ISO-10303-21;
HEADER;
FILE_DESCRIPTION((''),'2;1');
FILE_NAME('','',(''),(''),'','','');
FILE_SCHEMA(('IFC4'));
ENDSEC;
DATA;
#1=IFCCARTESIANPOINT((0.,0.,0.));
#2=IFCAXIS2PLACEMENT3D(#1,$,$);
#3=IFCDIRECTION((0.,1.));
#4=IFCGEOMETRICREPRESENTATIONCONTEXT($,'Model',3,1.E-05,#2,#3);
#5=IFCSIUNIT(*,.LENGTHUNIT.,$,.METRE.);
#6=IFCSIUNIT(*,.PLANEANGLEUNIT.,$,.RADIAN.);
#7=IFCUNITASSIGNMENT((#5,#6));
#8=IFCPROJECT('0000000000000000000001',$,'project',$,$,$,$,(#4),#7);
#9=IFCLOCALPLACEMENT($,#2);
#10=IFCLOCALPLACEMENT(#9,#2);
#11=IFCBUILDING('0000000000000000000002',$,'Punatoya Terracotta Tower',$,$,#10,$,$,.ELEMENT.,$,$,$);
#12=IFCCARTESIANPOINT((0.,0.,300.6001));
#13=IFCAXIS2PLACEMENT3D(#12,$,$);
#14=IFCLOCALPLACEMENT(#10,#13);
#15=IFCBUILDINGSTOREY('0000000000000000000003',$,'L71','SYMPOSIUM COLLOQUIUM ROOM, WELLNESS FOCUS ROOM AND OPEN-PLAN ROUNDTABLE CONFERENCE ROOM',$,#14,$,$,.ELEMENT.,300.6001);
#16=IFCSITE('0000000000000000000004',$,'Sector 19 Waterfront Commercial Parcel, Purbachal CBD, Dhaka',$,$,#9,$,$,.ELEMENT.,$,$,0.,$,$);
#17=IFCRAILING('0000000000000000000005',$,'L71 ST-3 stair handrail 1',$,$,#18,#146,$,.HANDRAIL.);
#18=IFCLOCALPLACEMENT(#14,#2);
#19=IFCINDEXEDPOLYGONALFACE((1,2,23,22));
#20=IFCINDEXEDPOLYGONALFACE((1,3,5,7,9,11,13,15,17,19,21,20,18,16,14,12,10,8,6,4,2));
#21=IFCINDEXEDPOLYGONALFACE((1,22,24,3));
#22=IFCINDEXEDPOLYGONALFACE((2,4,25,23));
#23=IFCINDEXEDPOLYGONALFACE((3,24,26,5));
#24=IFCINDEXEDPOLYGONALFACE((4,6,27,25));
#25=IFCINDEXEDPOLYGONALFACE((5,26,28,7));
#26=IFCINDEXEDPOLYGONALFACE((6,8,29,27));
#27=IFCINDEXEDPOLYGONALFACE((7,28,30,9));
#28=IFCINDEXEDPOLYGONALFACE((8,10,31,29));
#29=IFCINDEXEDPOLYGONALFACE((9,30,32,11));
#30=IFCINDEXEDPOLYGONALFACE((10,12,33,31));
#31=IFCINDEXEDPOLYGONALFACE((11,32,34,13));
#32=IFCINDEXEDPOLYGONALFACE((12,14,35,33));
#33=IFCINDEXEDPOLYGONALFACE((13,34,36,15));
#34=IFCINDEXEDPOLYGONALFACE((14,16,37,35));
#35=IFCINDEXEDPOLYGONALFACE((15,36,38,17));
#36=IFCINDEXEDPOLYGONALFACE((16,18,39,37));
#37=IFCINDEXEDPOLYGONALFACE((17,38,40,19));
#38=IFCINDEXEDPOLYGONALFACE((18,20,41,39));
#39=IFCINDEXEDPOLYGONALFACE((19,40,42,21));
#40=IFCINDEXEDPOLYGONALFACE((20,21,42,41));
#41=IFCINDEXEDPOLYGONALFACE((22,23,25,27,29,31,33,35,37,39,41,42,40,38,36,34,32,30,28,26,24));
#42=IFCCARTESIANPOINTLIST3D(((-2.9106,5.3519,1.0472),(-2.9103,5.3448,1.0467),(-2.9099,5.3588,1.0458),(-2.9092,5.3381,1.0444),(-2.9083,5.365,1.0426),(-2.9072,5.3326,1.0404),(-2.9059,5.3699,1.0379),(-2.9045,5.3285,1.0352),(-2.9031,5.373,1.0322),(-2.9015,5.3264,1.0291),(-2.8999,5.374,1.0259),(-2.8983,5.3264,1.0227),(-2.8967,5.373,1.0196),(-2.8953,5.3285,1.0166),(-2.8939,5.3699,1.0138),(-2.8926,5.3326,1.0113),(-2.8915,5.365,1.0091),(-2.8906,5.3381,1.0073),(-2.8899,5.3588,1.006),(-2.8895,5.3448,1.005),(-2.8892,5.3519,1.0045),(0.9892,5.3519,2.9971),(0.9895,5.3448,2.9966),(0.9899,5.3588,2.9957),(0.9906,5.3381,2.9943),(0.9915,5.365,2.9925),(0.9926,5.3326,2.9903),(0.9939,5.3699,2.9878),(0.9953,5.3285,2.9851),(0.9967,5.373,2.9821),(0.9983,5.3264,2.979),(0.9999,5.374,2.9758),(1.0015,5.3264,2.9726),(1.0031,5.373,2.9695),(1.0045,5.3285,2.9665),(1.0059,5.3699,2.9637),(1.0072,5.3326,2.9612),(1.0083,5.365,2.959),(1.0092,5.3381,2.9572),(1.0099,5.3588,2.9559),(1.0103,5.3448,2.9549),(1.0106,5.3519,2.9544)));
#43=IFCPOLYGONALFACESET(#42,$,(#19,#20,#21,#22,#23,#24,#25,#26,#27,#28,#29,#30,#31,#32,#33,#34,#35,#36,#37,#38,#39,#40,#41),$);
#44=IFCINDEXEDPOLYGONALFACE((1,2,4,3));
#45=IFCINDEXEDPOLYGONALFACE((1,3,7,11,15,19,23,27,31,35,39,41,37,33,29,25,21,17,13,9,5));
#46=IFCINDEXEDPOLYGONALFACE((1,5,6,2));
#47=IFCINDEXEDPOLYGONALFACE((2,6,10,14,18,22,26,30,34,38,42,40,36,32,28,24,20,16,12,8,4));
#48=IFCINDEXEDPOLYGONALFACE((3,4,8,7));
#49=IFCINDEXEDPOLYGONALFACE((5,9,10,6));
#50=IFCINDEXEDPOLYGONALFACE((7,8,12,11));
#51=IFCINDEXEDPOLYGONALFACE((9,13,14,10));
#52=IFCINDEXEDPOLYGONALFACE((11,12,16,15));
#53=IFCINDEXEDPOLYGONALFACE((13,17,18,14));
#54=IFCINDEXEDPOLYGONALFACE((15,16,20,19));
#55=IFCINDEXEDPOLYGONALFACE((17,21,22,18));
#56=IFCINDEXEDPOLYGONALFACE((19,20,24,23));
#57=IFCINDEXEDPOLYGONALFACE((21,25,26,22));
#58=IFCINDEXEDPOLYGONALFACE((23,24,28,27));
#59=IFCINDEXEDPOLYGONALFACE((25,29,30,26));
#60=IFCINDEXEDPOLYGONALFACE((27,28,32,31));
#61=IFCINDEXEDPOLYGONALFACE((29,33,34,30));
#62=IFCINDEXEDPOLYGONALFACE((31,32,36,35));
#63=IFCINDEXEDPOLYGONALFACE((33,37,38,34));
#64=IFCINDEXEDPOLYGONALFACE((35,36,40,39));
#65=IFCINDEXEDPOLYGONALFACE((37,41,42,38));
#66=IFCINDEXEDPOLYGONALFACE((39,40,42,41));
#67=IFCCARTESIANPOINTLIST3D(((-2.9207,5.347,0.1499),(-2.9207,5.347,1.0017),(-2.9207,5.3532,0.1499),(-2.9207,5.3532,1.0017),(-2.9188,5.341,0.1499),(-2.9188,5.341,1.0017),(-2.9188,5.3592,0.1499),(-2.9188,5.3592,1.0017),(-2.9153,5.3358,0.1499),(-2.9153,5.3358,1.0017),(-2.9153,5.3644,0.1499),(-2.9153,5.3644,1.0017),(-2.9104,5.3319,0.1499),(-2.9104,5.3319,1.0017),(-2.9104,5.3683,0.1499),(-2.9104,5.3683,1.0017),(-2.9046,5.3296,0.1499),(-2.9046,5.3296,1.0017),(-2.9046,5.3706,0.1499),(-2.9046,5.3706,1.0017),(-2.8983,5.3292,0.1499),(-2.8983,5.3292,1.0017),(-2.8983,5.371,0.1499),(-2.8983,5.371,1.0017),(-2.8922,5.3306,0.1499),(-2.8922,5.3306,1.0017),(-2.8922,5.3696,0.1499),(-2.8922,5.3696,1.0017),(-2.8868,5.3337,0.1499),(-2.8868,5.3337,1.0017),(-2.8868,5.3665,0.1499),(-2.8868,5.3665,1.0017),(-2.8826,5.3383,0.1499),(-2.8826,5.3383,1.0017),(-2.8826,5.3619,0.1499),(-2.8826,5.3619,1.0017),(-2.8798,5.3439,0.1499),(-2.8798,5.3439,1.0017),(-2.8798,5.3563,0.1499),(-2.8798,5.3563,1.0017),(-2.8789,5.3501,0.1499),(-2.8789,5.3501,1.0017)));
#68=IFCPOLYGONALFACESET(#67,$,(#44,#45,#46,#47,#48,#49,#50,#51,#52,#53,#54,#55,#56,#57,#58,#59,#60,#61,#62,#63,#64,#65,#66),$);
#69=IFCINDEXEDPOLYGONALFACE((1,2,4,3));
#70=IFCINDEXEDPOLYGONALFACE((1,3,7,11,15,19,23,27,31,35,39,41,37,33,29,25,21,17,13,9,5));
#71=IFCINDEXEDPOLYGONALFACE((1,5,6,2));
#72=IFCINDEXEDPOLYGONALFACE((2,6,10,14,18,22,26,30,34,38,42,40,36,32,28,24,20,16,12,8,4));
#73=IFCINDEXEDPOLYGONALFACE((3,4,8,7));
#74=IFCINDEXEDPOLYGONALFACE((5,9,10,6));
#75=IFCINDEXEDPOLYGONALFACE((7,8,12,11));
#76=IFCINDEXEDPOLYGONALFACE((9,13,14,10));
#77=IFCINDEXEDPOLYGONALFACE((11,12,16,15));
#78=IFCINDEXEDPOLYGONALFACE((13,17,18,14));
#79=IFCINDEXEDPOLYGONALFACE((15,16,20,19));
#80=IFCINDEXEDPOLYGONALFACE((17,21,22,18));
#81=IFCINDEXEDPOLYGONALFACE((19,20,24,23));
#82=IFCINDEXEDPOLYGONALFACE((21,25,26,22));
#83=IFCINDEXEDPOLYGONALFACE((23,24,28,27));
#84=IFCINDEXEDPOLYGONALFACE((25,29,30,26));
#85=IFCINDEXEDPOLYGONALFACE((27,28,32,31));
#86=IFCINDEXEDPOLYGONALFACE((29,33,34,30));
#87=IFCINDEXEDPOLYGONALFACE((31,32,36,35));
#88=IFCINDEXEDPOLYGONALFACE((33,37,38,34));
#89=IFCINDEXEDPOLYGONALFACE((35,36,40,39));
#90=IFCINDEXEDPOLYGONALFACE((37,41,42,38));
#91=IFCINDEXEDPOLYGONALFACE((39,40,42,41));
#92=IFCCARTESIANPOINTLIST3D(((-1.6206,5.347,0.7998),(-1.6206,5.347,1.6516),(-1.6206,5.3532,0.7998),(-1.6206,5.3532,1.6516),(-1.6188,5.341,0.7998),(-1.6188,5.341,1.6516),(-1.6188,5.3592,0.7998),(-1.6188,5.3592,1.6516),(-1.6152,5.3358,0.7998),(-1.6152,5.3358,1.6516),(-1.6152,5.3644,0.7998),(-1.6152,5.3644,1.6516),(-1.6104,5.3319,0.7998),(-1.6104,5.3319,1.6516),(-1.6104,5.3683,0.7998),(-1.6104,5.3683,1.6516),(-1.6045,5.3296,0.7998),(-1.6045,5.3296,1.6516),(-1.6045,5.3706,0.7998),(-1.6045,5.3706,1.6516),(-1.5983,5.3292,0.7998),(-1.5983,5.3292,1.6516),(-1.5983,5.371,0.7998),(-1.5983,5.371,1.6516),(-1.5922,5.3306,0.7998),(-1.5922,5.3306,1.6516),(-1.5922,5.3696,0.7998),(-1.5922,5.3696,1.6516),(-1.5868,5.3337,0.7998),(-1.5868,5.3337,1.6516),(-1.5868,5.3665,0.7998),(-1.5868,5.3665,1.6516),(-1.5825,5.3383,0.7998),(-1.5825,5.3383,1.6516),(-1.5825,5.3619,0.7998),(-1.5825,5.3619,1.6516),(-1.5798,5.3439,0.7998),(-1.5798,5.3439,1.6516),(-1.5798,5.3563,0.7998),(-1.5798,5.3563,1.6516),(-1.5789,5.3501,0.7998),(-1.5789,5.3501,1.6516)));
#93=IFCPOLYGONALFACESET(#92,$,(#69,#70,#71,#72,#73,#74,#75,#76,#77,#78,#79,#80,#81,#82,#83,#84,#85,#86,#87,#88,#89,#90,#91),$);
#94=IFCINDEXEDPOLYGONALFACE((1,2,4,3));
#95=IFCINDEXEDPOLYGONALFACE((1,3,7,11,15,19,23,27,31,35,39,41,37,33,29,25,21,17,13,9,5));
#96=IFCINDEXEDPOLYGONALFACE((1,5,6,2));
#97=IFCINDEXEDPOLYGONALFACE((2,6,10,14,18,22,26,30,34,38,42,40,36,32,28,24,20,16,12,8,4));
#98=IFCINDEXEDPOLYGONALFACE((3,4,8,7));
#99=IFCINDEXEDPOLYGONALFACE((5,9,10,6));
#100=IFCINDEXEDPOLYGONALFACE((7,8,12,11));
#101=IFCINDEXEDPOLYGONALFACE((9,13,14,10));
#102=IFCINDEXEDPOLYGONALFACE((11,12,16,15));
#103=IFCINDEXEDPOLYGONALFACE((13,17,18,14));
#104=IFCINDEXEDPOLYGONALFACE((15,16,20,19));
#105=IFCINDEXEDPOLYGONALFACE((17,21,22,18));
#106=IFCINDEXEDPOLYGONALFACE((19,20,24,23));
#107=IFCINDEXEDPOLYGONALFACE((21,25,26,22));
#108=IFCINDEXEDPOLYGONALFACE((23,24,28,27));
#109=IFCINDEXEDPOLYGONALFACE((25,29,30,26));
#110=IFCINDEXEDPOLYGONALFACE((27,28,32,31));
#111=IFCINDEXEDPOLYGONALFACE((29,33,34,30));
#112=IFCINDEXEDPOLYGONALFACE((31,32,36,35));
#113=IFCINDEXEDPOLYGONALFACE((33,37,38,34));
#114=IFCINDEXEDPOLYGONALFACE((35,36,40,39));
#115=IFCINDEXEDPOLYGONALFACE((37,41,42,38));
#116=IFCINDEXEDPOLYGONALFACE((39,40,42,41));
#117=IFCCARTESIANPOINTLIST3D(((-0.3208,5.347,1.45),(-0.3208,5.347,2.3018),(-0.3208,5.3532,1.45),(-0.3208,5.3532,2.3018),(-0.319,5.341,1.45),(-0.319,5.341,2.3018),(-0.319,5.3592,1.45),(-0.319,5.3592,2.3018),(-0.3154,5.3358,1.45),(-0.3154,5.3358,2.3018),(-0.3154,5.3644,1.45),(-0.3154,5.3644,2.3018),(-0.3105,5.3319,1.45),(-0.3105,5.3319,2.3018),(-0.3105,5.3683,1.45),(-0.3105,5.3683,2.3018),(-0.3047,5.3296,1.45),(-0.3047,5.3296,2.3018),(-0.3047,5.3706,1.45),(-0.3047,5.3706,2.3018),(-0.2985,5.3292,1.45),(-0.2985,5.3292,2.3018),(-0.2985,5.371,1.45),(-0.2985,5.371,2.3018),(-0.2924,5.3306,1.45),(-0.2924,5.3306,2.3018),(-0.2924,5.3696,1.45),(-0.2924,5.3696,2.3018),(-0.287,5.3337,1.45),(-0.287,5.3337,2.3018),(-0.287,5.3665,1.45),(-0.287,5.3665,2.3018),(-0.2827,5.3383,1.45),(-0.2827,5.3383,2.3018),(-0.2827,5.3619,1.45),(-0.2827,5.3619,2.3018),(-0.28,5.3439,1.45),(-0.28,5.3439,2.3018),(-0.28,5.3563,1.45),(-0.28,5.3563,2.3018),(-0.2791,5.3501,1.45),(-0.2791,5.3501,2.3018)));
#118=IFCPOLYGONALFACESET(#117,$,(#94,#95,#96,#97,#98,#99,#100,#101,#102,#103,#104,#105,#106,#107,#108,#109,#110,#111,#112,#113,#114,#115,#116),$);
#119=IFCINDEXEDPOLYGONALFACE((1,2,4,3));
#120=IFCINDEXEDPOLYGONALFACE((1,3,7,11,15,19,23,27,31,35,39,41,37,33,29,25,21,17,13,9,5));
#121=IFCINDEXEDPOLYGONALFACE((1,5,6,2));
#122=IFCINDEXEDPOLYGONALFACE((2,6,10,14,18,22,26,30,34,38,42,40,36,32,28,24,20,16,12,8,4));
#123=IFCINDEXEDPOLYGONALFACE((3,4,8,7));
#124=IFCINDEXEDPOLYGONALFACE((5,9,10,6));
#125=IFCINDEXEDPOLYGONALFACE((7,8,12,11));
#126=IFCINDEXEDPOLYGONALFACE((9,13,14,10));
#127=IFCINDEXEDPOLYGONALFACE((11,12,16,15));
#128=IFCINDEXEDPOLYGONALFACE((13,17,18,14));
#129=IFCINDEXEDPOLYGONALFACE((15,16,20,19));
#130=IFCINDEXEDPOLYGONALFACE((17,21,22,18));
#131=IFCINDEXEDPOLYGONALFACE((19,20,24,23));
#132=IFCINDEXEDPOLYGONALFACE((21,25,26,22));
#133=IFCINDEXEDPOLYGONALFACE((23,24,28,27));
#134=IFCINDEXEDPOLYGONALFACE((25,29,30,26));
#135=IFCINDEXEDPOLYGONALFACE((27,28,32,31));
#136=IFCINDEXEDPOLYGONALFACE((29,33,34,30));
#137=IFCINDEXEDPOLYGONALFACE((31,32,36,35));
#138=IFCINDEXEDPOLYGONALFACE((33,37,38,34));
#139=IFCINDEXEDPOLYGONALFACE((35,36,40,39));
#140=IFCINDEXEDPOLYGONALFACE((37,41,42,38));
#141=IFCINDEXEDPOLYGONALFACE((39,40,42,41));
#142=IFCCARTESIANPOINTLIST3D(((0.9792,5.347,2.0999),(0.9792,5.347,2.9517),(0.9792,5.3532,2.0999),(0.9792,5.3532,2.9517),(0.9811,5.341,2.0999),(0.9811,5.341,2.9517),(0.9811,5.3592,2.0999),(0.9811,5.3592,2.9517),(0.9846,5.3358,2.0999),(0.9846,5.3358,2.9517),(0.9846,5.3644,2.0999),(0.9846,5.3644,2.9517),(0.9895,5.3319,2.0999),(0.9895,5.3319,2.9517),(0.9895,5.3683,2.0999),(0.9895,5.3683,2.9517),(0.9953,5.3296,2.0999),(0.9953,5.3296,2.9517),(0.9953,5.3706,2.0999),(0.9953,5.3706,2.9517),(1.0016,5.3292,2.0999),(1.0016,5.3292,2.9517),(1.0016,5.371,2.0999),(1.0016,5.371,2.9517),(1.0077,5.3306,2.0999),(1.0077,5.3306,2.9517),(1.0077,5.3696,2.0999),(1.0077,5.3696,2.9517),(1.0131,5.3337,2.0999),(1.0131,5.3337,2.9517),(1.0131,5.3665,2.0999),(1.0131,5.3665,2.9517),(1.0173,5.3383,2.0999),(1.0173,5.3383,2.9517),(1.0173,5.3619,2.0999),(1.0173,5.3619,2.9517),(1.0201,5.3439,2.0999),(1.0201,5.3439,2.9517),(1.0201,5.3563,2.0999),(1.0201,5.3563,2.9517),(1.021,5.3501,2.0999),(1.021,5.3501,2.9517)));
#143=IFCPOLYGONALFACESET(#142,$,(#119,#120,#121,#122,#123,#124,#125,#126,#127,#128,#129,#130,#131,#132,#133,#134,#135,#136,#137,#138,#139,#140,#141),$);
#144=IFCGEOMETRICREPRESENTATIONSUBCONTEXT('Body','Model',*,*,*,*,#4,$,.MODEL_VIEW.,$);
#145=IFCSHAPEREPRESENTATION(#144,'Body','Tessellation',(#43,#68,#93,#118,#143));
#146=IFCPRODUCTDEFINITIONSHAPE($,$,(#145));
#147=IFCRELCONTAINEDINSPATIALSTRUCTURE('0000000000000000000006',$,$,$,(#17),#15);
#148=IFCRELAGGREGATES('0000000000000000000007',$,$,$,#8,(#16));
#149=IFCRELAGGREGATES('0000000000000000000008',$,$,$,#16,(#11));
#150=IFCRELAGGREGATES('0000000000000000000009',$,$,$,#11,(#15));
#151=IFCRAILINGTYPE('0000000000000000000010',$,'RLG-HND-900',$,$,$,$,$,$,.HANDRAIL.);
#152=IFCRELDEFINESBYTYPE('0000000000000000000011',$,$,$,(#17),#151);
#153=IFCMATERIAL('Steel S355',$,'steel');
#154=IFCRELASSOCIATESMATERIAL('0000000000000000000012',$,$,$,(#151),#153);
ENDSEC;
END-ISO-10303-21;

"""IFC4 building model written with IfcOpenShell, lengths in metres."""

from ifc_helpers import new_model, si_unit, direction, frame, origin, origin_2d, place, context, subcontext, project, spatial, circle, extrude, material, type_object, element, save


model = new_model("IFC4")

# Units and contexts
model_context = context("Model", 3, precision=1e-05, world=origin(), true_north=direction((0.0, 1.0)))
body_context = subcontext(model_context, "Body", "Model", "MODEL_VIEW")
ifc_project = project(units=[si_unit("LENGTHUNIT", "METRE"), si_unit("PLANEANGLEUNIT", "RADIAN")], contexts=[model_context])

# Site, building, storey
site_placement = place(None, origin())
site = spatial("IfcSite", under=ifc_project, at=site_placement, Name="Sector 19 Waterfront Commercial Parcel, Purbachal CBD, Dhaka", CompositionType="ELEMENT", RefElevation=0.0)
building_placement = place(site_placement, origin())
building = spatial("IfcBuilding", under=site, at=building_placement, Name="Punatoya Terracotta Tower", CompositionType="ELEMENT")
storey_placement = place(building_placement, frame((0.0, 0.0, 300.6001)))
storey = spatial("IfcBuildingStorey", under=building, at=storey_placement, Name="L71", Description="SYMPOSIUM COLLOQUIUM ROOM, WELLNESS FOCUS ROOM AND OPEN-PLAN ROUNDTABLE CONFERENCE ROOM", CompositionType="ELEMENT", Elevation=300.6001)

# Shared definitions
ifc_material_1 = material(Name="Steel S355", Category="steel")

# Railing
railing_type_1 = type_object("IfcRailingType", Name="RLG-HND-900", PredefinedType="HANDRAIL", material=ifc_material_1)
railing_1_placement = place(storey_placement, frame((-2.8999, 5.3501, 0.1499)))
element("IfcRailing", 1, at=railing_1_placement, inside=storey, type_object=railing_type_1, Name="L71 ST-3 stair handrail 1", PredefinedType="HANDRAIL", context=body_context, shape_type="SweptSolid", body=[
    extrude(circle(Radius=0.0239, at=origin_2d()), frame((0.0, 0.0, 0.876), z_axis=(0.894427, 0.0, 0.447214), x_axis=(0.0, 1.0, 0.0)), (0.0, 0.0, 1.0), 4.3601),
    extrude(circle(Radius=0.021, at=origin_2d()), origin(), (0.0, 0.0, 1.0), 0.8518),
    extrude(circle(Radius=0.021, at=origin_2d()), frame((1.3, 0.0, 0.6499)), (0.0, 0.0, 1.0), 0.8518),
    extrude(circle(Radius=0.021, at=origin_2d()), frame((2.5999, 0.0, 1.3)), (0.0, 0.0, 1.0), 0.8518),
    extrude(circle(Radius=0.021, at=origin_2d()), frame((3.8999, 0.0, 1.95)), (0.0, 0.0, 1.0), 0.8518),
])

save(model, "model.ifc")
